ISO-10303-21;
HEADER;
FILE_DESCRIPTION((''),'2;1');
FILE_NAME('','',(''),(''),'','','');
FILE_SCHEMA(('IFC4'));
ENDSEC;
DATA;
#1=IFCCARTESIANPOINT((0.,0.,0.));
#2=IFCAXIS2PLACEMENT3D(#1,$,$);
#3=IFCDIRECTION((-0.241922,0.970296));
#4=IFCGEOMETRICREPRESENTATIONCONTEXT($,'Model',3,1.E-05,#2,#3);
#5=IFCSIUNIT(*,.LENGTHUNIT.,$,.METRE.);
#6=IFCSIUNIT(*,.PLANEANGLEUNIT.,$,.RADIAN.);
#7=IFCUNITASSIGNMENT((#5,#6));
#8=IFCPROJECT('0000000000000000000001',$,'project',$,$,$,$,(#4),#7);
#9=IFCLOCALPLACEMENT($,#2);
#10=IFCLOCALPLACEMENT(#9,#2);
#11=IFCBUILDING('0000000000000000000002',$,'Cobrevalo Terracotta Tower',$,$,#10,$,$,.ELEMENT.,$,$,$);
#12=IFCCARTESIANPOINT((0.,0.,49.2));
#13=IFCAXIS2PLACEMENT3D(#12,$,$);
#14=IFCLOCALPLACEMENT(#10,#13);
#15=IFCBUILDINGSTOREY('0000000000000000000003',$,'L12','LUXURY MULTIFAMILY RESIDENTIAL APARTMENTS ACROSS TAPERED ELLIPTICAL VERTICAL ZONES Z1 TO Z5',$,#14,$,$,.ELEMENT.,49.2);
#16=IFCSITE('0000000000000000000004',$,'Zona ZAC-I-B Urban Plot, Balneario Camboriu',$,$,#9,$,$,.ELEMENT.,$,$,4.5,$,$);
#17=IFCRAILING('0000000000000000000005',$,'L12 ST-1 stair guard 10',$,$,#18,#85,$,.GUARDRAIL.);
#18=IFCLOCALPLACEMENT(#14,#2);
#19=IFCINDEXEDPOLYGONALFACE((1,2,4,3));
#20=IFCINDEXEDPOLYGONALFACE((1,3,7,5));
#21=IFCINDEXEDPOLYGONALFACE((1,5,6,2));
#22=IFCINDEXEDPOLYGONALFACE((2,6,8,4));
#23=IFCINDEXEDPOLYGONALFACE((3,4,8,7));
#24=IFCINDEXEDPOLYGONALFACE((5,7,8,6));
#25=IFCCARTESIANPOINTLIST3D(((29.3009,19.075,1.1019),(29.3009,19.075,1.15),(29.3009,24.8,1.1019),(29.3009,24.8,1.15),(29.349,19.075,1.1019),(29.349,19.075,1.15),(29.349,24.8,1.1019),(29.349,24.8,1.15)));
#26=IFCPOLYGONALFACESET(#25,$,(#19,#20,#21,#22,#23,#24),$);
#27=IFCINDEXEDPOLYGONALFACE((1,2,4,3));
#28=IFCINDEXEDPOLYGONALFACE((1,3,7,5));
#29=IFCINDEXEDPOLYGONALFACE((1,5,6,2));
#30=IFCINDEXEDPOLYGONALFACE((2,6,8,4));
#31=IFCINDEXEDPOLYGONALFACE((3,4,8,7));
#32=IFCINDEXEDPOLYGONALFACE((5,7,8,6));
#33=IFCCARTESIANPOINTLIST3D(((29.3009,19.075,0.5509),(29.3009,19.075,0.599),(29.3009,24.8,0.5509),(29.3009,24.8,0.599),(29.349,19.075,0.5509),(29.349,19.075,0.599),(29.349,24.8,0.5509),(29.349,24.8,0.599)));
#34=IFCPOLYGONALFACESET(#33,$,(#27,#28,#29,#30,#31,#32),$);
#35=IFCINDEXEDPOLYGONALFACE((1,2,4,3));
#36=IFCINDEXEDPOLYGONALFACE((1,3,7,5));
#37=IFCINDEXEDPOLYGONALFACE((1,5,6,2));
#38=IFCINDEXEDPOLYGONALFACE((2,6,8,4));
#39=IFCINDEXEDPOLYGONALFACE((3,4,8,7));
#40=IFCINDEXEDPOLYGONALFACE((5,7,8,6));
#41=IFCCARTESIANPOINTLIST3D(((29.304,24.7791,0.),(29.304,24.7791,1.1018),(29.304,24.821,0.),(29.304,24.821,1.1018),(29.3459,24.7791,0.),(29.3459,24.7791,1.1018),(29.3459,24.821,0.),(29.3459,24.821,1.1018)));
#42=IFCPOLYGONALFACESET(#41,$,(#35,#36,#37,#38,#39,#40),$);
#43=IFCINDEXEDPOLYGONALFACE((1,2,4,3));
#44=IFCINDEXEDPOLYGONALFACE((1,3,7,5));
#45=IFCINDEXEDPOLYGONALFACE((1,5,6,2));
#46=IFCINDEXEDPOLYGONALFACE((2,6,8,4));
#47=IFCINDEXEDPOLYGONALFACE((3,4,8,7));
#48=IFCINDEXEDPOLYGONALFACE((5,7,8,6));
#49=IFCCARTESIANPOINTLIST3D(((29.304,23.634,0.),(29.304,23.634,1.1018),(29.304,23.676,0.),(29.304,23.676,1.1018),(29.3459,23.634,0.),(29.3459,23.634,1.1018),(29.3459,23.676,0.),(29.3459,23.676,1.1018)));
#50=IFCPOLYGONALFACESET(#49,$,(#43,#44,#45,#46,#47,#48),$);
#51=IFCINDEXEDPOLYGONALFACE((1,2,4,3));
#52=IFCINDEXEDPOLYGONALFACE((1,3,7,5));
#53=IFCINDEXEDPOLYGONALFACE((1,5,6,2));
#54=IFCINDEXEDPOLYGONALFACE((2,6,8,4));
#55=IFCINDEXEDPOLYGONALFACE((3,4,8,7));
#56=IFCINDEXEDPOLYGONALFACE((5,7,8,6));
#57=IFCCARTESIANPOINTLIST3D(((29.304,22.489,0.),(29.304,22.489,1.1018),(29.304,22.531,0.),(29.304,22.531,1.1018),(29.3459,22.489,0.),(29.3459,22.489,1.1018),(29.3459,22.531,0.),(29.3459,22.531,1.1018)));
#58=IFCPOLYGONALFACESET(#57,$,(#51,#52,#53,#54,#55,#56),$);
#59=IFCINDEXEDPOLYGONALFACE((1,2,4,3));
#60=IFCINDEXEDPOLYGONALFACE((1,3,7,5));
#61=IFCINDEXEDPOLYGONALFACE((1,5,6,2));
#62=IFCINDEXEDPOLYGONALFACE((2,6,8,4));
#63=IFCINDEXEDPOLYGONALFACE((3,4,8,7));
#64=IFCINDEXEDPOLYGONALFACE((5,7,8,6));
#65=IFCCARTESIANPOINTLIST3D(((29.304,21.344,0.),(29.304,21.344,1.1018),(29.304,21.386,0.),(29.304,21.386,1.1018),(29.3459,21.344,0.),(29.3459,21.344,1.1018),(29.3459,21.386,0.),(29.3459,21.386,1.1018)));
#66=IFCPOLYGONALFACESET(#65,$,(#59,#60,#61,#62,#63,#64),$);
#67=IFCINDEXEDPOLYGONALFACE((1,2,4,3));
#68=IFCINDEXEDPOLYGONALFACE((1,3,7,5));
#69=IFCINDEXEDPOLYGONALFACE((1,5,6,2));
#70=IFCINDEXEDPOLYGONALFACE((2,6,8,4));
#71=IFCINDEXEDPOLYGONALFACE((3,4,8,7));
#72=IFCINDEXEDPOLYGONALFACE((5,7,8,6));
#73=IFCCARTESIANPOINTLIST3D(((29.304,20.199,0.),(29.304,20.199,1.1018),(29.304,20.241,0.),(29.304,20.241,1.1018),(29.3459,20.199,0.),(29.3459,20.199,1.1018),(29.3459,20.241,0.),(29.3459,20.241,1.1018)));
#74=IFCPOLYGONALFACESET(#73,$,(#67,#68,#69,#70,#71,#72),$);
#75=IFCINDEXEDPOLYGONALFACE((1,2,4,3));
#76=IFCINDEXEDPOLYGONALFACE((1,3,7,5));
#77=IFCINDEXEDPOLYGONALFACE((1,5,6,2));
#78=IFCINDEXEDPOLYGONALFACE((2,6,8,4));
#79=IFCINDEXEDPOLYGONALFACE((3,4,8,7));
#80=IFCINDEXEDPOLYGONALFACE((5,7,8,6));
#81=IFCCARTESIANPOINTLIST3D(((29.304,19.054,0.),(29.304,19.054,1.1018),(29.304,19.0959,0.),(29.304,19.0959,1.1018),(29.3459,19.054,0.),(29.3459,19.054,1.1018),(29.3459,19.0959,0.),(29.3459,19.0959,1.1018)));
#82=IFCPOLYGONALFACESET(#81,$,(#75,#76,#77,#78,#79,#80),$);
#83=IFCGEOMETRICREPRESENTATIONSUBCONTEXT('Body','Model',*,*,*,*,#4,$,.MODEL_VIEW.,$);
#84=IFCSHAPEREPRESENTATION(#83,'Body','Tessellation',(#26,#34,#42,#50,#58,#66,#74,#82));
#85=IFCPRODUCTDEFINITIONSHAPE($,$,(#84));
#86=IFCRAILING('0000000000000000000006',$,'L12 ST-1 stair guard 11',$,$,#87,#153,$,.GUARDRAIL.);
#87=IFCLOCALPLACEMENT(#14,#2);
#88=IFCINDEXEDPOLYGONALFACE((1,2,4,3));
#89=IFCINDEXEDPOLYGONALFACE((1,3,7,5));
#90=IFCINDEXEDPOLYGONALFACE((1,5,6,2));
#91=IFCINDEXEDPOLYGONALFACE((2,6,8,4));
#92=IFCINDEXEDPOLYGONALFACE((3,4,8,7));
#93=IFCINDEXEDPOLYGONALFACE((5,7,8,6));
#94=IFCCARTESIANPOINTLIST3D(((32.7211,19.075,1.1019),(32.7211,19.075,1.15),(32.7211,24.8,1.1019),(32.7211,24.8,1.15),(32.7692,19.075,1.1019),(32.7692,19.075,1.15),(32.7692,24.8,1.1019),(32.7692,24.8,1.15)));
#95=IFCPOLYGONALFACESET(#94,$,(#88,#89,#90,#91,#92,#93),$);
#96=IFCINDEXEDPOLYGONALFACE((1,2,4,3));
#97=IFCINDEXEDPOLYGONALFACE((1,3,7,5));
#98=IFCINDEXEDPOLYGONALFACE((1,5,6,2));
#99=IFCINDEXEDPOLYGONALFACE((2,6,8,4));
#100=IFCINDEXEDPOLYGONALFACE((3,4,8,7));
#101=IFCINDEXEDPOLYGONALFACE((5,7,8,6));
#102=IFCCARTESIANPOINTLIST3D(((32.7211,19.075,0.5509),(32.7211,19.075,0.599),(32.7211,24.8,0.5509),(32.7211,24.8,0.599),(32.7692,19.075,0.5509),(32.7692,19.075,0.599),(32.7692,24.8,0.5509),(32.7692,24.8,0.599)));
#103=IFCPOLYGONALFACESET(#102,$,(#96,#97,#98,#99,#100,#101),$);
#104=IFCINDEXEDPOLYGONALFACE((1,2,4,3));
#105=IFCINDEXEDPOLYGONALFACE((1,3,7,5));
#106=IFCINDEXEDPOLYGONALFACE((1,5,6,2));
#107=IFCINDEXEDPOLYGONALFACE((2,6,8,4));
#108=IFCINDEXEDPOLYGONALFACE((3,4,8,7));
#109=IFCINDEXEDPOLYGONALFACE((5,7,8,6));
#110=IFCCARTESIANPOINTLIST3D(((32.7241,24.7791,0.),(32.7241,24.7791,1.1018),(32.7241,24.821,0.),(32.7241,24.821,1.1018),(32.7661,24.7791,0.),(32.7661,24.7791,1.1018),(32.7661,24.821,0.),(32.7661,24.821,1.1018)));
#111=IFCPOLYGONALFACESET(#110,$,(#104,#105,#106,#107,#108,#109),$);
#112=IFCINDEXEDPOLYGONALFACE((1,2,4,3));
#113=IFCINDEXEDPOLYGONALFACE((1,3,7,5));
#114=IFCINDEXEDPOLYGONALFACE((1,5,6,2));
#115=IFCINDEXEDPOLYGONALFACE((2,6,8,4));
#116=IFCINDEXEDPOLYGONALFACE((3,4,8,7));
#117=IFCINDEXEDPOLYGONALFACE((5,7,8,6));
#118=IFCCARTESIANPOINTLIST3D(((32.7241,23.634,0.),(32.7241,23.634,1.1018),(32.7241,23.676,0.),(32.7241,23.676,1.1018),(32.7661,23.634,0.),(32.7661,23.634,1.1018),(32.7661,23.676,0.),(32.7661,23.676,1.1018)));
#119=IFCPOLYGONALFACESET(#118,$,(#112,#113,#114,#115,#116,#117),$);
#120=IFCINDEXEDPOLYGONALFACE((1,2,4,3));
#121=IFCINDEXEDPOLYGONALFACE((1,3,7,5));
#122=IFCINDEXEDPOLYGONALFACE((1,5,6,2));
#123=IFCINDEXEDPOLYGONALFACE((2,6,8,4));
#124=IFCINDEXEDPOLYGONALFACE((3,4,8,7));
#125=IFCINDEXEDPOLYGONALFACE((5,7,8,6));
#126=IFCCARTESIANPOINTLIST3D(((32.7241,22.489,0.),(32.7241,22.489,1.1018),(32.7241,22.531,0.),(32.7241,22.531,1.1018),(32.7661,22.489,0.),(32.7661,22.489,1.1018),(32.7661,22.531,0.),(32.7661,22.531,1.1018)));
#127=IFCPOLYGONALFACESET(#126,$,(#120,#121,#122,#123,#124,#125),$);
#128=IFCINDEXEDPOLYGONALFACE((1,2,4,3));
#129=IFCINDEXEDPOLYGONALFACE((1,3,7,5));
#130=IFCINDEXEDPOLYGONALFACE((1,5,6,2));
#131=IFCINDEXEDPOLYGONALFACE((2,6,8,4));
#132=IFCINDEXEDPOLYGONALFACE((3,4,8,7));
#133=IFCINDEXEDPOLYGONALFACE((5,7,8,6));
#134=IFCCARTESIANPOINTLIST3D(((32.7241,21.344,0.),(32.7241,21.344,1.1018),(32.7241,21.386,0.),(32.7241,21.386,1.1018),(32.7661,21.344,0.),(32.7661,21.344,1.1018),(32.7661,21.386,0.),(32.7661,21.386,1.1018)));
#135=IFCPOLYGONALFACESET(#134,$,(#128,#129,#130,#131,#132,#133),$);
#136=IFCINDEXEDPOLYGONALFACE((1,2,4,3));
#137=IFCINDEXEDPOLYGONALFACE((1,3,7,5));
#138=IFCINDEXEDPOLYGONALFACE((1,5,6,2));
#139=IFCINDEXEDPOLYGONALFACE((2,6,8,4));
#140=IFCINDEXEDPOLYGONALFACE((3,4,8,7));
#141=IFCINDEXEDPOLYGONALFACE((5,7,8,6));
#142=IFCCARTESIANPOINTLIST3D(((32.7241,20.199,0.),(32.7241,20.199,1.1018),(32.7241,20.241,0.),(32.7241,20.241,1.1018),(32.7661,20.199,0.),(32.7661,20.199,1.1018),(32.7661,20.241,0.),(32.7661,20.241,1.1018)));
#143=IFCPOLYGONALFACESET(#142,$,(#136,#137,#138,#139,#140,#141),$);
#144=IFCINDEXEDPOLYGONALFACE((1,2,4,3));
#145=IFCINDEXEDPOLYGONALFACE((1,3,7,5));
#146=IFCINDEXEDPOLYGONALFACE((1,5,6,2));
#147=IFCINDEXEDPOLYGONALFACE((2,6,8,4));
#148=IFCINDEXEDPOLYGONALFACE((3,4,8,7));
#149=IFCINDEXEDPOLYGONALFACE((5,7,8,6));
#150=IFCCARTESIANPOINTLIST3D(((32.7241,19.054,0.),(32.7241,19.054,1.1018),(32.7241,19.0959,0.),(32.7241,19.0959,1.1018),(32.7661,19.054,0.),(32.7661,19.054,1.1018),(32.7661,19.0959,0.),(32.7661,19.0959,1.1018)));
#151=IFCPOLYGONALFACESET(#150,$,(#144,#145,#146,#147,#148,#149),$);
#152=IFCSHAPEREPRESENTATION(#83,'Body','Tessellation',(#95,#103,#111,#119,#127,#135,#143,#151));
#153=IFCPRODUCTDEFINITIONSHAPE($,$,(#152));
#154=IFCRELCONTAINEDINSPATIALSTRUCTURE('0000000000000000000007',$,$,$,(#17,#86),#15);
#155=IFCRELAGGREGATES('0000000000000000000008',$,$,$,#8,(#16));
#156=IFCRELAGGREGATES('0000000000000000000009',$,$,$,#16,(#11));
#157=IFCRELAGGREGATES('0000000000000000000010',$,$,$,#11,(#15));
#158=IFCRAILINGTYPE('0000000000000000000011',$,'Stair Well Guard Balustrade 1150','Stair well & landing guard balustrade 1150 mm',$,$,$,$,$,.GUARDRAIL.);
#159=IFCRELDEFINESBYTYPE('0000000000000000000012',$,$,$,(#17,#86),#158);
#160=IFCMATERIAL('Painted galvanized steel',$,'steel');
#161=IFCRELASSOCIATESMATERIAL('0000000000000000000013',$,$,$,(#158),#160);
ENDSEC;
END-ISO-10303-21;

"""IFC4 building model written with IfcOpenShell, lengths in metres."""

from ifc_helpers import new_model, si_unit, direction, frame, origin, origin_2d, place, context, subcontext, project, spatial, rectangle, extrude, material, type_object, element, save


model = new_model("IFC4")

# Units and contexts
model_context = context("Model", 3, precision=1e-05, world=origin(), true_north=direction((-0.241922, 0.970296)))
body_context = subcontext(model_context, "Body", "Model", "MODEL_VIEW")
ifc_project = project(units=[si_unit("LENGTHUNIT", "METRE"), si_unit("PLANEANGLEUNIT", "RADIAN")], contexts=[model_context])

# Site, building, storey
site_placement = place(None, origin())
site = spatial("IfcSite", under=ifc_project, at=site_placement, Name="Zona ZAC-I-B Urban Plot, Balneario Camboriu", CompositionType="ELEMENT", RefElevation=4.5)
building_placement = place(site_placement, origin())
building = spatial("IfcBuilding", under=site, at=building_placement, Name="Cobrevalo Terracotta Tower", CompositionType="ELEMENT")
storey_placement = place(building_placement, frame((0.0, 0.0, 49.2)))
storey = spatial("IfcBuildingStorey", under=building, at=storey_placement, Name="L12", Description="LUXURY MULTIFAMILY RESIDENTIAL APARTMENTS ACROSS TAPERED ELLIPTICAL VERTICAL ZONES Z1 TO Z5", CompositionType="ELEMENT", Elevation=49.2)

# Railings
ifc_material_1 = material(Name="Painted galvanized steel", Category="steel")
railing_type_1 = type_object("IfcRailingType", Name="Stair Well Guard Balustrade 1150", Description="Stair well & landing guard balustrade 1150 mm", PredefinedType="GUARDRAIL", material=ifc_material_1)
for number, where, name in (
    (1, (29.325, 24.8, 0.0), "L12 ST-1 stair guard 10"),
    (2, (32.7451, 24.8, 0.0), "L12 ST-1 stair guard 11"),
):
    element("IfcRailing", number, at=place(storey_placement, frame(where)), inside=storey, type_object=railing_type_1, Name=name, PredefinedType="GUARDRAIL", context=body_context, shape_type="SweptSolid", body=[
        extrude(rectangle(XDim=0.0481, YDim=0.0481, at=origin_2d()), frame((0.0, 0.0, 1.126), z_axis=(0.0, -1.0, 0.0), x_axis=(1.0, 0.0, 0.0)), (0.0, 0.0, 1.0), 5.7251),
        extrude(rectangle(XDim=0.0481, YDim=0.0481, at=origin_2d()), frame((0.0, 0.0, 0.575), z_axis=(0.0, -1.0, 0.0), x_axis=(1.0, 0.0, 0.0)), (0.0, 0.0, 1.0), 5.7251),
        extrude(rectangle(XDim=0.042, YDim=0.042, at=origin_2d()), origin(), (0.0, 0.0, 1.0), 1.1018),
        extrude(rectangle(XDim=0.042, YDim=0.042, at=origin_2d()), frame((0.0, -1.145, 0.0)), (0.0, 0.0, 1.0), 1.1018),
        extrude(rectangle(XDim=0.042, YDim=0.042, at=origin_2d()), frame((0.0, -2.29, 0.0)), (0.0, 0.0, 1.0), 1.1018),
        extrude(rectangle(XDim=0.042, YDim=0.042, at=origin_2d()), frame((0.0, -3.4351, 0.0)), (0.0, 0.0, 1.0), 1.1018),
        extrude(rectangle(XDim=0.042, YDim=0.042, at=origin_2d()), frame((0.0, -4.5801, 0.0)), (0.0, 0.0, 1.0), 1.1018),
        extrude(rectangle(XDim=0.042, YDim=0.042, at=origin_2d()), frame((0.0, -5.7251, 0.0)), (0.0, 0.0, 1.0), 1.1018),
    ])

save(model, "model.ifc")
